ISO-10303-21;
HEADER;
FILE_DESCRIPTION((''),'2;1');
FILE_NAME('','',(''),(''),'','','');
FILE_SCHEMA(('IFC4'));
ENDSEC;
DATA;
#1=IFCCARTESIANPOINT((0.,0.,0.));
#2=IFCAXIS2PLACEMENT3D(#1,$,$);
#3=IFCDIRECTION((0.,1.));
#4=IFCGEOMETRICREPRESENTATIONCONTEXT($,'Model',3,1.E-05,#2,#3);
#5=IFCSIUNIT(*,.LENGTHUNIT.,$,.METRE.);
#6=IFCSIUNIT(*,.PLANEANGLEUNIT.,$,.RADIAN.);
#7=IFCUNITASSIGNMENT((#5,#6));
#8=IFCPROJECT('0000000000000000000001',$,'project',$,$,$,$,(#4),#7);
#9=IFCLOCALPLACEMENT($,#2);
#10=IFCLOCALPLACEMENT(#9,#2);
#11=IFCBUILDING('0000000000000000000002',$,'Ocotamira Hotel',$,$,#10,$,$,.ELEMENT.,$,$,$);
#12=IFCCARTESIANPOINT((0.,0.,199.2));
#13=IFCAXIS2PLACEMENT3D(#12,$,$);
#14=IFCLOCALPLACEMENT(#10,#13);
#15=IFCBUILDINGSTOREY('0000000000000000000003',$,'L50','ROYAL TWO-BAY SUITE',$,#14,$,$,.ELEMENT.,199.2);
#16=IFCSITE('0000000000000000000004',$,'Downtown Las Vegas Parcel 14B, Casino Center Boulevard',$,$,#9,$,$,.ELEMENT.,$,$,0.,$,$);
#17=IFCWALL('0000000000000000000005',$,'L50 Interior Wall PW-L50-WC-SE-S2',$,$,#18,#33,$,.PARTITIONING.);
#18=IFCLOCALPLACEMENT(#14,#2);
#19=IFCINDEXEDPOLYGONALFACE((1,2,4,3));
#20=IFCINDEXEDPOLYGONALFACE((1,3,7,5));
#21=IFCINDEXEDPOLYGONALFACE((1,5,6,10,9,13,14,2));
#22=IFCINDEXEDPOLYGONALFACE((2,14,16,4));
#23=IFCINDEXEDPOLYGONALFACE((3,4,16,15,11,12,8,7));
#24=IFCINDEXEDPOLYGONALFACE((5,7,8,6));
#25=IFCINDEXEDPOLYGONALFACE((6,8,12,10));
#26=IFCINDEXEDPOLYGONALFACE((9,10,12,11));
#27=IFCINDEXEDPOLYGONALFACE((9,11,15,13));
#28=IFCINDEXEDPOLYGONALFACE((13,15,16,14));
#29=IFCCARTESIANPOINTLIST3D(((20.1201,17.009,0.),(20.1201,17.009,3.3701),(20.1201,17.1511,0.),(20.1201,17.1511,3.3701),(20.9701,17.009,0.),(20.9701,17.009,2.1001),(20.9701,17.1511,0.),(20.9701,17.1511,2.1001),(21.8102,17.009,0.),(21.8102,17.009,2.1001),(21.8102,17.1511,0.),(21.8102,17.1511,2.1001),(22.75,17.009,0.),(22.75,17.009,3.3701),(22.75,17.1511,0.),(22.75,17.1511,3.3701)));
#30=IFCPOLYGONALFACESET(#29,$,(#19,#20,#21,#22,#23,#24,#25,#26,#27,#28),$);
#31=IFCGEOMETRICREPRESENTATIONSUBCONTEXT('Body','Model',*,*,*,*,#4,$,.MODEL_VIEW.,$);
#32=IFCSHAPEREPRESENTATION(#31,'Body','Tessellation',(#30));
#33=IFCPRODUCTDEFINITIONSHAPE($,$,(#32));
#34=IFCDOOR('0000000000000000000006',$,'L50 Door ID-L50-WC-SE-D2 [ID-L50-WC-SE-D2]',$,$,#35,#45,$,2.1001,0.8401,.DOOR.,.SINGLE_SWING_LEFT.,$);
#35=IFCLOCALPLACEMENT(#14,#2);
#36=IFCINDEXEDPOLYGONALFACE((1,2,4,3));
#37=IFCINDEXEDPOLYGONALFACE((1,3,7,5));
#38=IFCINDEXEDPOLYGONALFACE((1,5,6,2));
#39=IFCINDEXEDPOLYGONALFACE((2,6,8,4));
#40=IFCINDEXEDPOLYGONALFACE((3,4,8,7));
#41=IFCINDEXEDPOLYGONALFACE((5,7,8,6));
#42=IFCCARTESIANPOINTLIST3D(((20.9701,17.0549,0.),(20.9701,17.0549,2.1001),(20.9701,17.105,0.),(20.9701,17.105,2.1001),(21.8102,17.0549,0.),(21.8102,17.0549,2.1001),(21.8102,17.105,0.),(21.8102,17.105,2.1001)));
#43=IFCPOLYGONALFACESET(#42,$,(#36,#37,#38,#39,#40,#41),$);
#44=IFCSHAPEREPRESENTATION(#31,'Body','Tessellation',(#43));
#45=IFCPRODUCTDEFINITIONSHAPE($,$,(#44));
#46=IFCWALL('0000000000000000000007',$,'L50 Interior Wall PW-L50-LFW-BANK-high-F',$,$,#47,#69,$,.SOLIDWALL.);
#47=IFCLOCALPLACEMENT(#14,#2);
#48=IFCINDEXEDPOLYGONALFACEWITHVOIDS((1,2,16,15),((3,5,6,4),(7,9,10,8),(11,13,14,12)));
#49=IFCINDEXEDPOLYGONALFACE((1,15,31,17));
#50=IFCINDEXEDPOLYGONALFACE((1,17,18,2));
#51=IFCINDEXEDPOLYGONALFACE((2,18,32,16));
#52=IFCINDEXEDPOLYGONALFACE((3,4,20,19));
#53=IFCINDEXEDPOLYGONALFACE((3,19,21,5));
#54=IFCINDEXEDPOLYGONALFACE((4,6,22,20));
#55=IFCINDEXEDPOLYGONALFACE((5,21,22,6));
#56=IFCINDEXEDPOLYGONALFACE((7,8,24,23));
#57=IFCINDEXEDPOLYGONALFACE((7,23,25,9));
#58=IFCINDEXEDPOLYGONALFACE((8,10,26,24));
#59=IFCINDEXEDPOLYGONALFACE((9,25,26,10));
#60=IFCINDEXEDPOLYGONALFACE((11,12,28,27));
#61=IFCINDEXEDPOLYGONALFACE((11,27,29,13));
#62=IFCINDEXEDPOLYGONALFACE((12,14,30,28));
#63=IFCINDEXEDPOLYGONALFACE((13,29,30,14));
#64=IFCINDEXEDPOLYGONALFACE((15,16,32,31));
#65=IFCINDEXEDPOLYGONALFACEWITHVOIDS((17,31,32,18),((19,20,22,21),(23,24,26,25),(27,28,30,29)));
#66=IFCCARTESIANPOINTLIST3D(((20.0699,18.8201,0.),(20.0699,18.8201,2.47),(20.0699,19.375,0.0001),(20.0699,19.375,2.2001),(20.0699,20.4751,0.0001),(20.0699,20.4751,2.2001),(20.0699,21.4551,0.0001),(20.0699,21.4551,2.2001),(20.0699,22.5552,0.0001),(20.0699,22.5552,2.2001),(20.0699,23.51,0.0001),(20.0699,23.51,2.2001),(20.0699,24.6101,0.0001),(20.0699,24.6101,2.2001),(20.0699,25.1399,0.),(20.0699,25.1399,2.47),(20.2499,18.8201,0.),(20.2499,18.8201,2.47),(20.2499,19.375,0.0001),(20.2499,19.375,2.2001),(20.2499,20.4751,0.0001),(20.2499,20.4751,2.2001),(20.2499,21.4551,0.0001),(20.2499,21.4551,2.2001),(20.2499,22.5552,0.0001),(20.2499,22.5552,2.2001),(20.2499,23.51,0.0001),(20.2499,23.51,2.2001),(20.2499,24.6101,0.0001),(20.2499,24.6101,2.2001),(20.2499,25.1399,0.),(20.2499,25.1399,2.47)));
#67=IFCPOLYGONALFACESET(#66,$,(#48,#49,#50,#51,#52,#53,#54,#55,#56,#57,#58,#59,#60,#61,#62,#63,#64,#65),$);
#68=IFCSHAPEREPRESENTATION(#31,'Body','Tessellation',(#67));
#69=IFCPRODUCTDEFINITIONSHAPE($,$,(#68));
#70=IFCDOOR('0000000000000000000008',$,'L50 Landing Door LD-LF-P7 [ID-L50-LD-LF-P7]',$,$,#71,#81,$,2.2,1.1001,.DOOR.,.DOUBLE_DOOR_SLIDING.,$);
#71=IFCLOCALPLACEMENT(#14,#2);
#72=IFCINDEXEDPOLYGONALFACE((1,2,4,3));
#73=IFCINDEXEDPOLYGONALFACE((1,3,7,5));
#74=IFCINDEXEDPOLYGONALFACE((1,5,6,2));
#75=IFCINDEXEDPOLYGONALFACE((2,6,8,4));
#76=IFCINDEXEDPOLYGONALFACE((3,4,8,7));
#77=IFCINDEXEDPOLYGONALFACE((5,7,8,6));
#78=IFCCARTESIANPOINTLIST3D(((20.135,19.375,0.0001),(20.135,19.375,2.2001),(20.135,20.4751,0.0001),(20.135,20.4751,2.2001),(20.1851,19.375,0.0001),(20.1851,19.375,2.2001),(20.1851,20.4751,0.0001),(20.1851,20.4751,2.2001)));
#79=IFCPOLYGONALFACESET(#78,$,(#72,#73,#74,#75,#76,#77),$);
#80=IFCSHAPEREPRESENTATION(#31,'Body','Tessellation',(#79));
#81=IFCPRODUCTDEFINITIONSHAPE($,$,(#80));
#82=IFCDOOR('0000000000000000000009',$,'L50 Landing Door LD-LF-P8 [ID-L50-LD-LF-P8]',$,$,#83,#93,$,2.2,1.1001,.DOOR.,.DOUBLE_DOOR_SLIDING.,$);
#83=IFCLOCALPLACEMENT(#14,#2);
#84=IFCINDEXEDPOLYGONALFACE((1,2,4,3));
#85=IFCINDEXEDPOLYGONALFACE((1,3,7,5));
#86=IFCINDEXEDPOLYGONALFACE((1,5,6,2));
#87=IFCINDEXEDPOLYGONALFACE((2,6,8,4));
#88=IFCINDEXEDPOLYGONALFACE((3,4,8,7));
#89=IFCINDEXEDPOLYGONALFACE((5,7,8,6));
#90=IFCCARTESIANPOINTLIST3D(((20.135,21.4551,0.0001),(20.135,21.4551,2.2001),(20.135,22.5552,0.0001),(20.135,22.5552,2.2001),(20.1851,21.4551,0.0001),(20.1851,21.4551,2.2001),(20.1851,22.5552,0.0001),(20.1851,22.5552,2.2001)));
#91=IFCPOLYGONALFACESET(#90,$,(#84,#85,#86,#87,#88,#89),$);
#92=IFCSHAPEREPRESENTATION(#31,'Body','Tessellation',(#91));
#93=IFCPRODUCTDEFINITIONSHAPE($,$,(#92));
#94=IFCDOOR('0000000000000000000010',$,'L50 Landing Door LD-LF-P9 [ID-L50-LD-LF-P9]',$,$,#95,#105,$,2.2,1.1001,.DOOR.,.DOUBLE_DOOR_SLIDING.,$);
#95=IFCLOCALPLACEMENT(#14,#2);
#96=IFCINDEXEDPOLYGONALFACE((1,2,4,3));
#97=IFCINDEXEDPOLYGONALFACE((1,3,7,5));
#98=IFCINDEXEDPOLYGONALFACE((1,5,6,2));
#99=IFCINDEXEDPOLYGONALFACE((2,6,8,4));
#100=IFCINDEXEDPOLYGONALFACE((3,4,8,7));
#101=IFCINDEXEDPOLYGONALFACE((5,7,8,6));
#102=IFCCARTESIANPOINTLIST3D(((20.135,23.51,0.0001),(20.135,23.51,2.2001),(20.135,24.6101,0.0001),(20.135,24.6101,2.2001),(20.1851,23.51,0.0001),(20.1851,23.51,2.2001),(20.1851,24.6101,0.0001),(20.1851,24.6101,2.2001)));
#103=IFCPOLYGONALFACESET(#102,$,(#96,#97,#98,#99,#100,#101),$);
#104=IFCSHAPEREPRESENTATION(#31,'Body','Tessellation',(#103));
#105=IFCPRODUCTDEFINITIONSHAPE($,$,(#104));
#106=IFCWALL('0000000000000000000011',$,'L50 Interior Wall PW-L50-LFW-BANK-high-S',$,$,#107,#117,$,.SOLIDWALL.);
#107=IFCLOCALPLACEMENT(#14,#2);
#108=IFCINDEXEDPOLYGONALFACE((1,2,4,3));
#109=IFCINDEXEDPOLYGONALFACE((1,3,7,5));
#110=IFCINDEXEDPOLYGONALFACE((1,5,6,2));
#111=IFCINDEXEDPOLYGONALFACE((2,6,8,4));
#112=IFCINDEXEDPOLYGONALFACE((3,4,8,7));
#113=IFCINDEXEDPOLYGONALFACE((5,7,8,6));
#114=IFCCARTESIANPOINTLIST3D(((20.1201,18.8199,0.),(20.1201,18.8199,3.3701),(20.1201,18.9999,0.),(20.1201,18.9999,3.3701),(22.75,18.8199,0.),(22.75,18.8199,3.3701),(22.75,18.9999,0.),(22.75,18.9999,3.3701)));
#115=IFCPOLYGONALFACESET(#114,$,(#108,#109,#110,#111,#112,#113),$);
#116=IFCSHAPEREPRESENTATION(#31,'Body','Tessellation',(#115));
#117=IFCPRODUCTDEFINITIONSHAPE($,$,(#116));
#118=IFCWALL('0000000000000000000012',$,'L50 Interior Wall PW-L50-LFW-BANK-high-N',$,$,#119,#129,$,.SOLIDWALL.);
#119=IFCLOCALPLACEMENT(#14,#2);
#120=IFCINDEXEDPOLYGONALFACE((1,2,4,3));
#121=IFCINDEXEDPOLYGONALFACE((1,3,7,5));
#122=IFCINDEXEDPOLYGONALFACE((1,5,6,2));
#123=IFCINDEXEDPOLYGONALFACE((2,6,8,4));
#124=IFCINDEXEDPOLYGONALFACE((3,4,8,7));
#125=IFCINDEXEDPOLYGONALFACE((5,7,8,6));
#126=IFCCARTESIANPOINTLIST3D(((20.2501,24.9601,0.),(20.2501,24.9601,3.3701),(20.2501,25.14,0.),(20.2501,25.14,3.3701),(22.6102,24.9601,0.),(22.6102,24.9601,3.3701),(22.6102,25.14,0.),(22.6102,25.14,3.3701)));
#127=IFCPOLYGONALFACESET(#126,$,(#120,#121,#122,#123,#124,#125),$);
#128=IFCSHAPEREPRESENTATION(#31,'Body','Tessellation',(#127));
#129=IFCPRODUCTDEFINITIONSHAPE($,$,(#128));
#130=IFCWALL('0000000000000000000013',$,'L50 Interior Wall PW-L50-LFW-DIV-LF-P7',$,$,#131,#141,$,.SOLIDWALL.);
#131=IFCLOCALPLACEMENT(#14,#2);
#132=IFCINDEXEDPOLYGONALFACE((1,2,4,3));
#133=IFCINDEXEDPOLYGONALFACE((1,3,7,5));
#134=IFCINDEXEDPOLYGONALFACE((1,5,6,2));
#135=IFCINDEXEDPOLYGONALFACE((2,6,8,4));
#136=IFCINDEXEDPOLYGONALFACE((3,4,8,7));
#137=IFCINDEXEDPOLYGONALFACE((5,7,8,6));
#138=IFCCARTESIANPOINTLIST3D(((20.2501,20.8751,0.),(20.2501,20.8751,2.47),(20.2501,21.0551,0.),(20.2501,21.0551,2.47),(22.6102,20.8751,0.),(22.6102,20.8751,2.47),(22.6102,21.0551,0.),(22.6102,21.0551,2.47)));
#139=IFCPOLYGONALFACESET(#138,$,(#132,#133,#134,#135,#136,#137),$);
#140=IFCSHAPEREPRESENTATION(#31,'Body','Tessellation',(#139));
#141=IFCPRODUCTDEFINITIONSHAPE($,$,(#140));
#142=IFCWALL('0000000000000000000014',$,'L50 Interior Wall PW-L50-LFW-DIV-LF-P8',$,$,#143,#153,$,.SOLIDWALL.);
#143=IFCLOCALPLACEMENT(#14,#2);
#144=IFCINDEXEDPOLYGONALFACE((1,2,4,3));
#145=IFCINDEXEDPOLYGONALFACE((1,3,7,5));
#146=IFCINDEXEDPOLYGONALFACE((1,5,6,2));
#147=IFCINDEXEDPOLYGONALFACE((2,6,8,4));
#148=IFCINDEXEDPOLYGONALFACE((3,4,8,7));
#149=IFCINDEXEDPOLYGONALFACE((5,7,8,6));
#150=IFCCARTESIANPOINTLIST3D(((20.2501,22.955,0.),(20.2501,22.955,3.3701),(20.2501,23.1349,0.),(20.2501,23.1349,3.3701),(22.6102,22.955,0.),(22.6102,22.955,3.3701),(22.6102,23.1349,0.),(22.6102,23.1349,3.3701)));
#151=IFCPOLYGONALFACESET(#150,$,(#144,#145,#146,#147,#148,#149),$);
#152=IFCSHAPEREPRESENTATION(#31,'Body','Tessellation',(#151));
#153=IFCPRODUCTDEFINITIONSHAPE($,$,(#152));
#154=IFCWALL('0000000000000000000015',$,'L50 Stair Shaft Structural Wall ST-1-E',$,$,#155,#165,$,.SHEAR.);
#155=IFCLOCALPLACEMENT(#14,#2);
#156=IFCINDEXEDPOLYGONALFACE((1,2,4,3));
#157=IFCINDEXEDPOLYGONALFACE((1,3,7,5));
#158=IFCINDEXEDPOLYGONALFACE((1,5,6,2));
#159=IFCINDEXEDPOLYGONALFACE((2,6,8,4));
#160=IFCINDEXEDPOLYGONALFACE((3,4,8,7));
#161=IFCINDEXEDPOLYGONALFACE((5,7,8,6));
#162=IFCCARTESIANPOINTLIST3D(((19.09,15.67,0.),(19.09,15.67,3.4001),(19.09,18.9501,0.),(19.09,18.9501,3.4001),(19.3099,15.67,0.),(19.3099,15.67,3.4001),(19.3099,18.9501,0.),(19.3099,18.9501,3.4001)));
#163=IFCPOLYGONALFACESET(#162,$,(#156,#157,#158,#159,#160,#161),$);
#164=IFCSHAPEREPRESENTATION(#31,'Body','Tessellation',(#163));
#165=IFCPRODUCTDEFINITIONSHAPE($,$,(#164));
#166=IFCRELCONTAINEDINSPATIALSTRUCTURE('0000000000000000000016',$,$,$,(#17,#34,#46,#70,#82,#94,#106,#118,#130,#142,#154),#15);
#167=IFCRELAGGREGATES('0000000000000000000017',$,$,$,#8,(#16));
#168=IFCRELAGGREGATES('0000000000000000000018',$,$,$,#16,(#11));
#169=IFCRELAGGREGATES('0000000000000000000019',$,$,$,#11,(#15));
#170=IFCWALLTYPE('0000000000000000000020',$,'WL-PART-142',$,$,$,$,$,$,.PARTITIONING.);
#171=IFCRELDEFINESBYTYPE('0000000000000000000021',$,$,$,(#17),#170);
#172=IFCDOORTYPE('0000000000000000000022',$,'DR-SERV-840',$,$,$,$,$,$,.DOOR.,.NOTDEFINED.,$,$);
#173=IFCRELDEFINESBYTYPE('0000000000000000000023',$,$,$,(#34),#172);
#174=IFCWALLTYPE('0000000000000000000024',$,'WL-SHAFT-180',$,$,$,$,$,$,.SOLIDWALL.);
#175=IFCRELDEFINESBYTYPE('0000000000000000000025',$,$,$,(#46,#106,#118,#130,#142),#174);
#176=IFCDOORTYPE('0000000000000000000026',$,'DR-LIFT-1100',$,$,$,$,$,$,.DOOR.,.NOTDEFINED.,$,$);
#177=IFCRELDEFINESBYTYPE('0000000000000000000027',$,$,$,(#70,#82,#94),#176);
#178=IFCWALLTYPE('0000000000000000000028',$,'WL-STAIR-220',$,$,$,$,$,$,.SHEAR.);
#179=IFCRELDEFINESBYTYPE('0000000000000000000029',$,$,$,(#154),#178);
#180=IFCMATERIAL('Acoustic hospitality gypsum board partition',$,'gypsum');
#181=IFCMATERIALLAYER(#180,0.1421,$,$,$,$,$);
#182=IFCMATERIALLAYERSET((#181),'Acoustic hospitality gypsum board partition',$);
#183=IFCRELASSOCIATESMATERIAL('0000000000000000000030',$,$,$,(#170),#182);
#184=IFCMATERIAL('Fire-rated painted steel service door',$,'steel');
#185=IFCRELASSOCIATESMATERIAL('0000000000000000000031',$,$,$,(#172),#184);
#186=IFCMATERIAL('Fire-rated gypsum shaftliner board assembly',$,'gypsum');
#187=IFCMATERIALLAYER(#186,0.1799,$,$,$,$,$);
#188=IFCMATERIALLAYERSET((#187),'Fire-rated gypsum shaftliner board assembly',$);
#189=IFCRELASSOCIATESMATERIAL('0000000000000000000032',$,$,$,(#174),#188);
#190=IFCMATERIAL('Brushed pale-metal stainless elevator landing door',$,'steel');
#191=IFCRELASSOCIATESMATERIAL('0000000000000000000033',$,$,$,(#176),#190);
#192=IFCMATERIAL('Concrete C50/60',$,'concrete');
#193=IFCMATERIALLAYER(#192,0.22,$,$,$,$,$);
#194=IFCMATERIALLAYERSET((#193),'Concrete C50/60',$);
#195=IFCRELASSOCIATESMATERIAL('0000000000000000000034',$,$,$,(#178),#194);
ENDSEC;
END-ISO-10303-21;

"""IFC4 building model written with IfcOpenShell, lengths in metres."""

from ifc_helpers import new_model, si_unit, direction, frame, frame_2d, origin, place, context, subcontext, project, spatial, rectangle, extrude, source, transform, mapped, material, layer, layer_set, type_object, element, fill, save


model = new_model("IFC4")

# Units and contexts
model_context = context("Model", 3, precision=1e-05, world=origin(), true_north=direction((0.0, 1.0)))
body_context = subcontext(model_context, "Body", "Model", "MODEL_VIEW")
ifc_project = project(units=[si_unit("LENGTHUNIT", "METRE"), si_unit("PLANEANGLEUNIT", "RADIAN")], contexts=[model_context])

# Site, building, storey
site_placement = place(None, origin())
site = spatial("IfcSite", under=ifc_project, at=site_placement, Name="Downtown Las Vegas Parcel 14B, Casino Center Boulevard", CompositionType="ELEMENT", RefElevation=0.0)
building_placement = place(site_placement, origin())
building = spatial("IfcBuilding", under=site, at=building_placement, Name="Ocotamira Hotel", CompositionType="ELEMENT")
storey_placement = place(building_placement, frame((0.0, 0.0, 199.2)))
storey = spatial("IfcBuildingStorey", under=building, at=storey_placement, Name="L50", Description="ROYAL TWO-BAY SUITE", CompositionType="ELEMENT", Elevation=199.2)

# Shared definitions
ifc_material_1 = material(Name="Concrete C50/60", Category="concrete")
ifc_material_2 = material(Name="Acoustic hospitality gypsum board partition", Category="gypsum")
ifc_layer_1 = layer(ifc_material_2, 0.1421)
ifc_layer_set_1 = layer_set([ifc_layer_1], Name="Acoustic hospitality gypsum board partition")
wall_type_1 = type_object("IfcWallType", Name="WL-PART-142", PredefinedType="PARTITIONING", material=ifc_layer_set_1)

# Wall, opening, door
wall_1_placement = place(storey_placement, frame((20.1201, 17.0801, 0.0), z_axis=(0.0, 0.0, 1.0), x_axis=(1.0, 0.0, 0.0)))
wall_1 = element("IfcWall", 1, at=wall_1_placement, inside=storey, type_object=wall_type_1, Name="L50 Interior Wall PW-L50-WC-SE-S2", PredefinedType="PARTITIONING", context=body_context, shape_type="SweptSolid", body=[
    extrude(rectangle(XDim=2.6299, YDim=0.1421, at=frame_2d((1.3149, 0.0))), origin(), (0.0, 0.0, 1.0), 3.3701),
])
opening_1_placement = place(wall_1_placement, frame((0.8501, 0.0, 0.0)))
opening_1 = element("IfcOpeningElement", 2, at=opening_1_placement, cuts=wall_1, PredefinedType="OPENING", context=body_context, shape_type="SweptSolid", body=[
    extrude(rectangle(XDim=0.8401, YDim=2.1001, at=frame_2d((0.4199, 1.05))), frame((0.0, 0.0811, 0.0), z_axis=(0.0, -1.0, 0.0), x_axis=(1.0, 0.0, 0.0)), (0.0, 0.0, 1.0), 0.1621),
])
ifc_material_3 = material(Name="Fire-rated painted steel service door", Category="steel")
door_type_1 = type_object("IfcDoorType", Name="DR-SERV-840", OperationType="NOTDEFINED", PredefinedType="DOOR", material=ifc_material_3)
shared_shape_1 = source(origin(), body_context, "Body", "SweptSolid", [
    extrude(rectangle(XDim=0.8401, YDim=2.1001, at=frame_2d((0.4199, 1.05))), frame((0.0, 0.0249, 0.0), z_axis=(0.0, -1.0, 0.0), x_axis=(1.0, 0.0, 0.0)), (0.0, 0.0, 1.0), 0.05),
])
door_1_placement = place(opening_1_placement, origin())
door_1 = element("IfcDoor", 3, at=door_1_placement, inside=storey, type_object=door_type_1, Name="L50 Door ID-L50-WC-SE-D2 [ID-L50-WC-SE-D2]", OperationType="SINGLE_SWING_LEFT", OverallHeight=2.1001, OverallWidth=0.8401, PredefinedType="DOOR", context=body_context, shape_type="MappedRepresentation", body=[
    mapped(shared_shape_1, transform((0.0, 0.0, 0.0), scale=1.0)),
])
fill(opening_1, door_1)

# Wall, openings, doors
ifc_material_4 = material(Name="Fire-rated gypsum shaftliner board assembly", Category="gypsum")
ifc_layer_2 = layer(ifc_material_4, 0.1799)
ifc_layer_set_2 = layer_set([ifc_layer_2], Name="Fire-rated gypsum shaftliner board assembly")
wall_type_2 = type_object("IfcWallType", Name="WL-SHAFT-180", PredefinedType="SOLIDWALL", material=ifc_layer_set_2)
wall_2_placement = place(storey_placement, frame((20.1599, 18.8201, 0.0), z_axis=(0.0, 0.0, 1.0), x_axis=(0.0, 1.0, 0.0)))
wall_2 = element("IfcWall", 4, at=wall_2_placement, inside=storey, type_object=wall_type_2, Name="L50 Interior Wall PW-L50-LFW-BANK-high-F", PredefinedType="SOLIDWALL", context=body_context, shape_type="SweptSolid", body=[
    extrude(rectangle(XDim=6.3198, YDim=0.1799, at=frame_2d((3.1599, 0.0))), origin(), (0.0, 0.0, 1.0), 2.47),
])
opening_2_placement = place(wall_2_placement, frame((0.5549, 0.0, 0.0)))
opening_2 = element("IfcOpeningElement", 5, at=opening_2_placement, cuts=wall_2, PredefinedType="OPENING", context=body_context, shape_type="SweptSolid", body=[
    extrude(rectangle(XDim=1.1001, YDim=2.2, at=frame_2d((0.55, 1.1001))), frame((0.0, 0.1001, 0.0), z_axis=(0.0, -1.0, 0.0), x_axis=(1.0, 0.0, 0.0)), (0.0, 0.0, 1.0), 0.2),
])
opening_3_placement = place(wall_2_placement, frame((2.635, 0.0, 0.0)))
opening_3 = element("IfcOpeningElement", 6, at=opening_3_placement, cuts=wall_2, PredefinedType="OPENING", context=body_context, shape_type="SweptSolid", body=[
    extrude(rectangle(XDim=1.1001, YDim=2.2, at=frame_2d((0.55, 1.1001))), frame((0.0, 0.1001, 0.0), z_axis=(0.0, -1.0, 0.0), x_axis=(1.0, 0.0, 0.0)), (0.0, 0.0, 1.0), 0.2),
])
opening_4_placement = place(wall_2_placement, frame((4.6899, 0.0, 0.0)))
opening_4 = element("IfcOpeningElement", 7, at=opening_4_placement, cuts=wall_2, PredefinedType="OPENING", context=body_context, shape_type="SweptSolid", body=[
    extrude(rectangle(XDim=1.1001, YDim=2.2, at=frame_2d((0.55, 1.1001))), frame((0.0, 0.1001, 0.0), z_axis=(0.0, -1.0, 0.0), x_axis=(1.0, 0.0, 0.0)), (0.0, 0.0, 1.0), 0.2),
])
ifc_material_5 = material(Name="Brushed pale-metal stainless elevator landing door", Category="steel")
door_type_2 = type_object("IfcDoorType", Name="DR-LIFT-1100", OperationType="NOTDEFINED", PredefinedType="DOOR", material=ifc_material_5)
shared_shape_2 = source(origin(), body_context, "Body", "SweptSolid", [
    extrude(rectangle(XDim=1.1001, YDim=2.2, at=frame_2d((0.55, 1.1001))), frame((0.0, 0.0249, 0.0), z_axis=(0.0, -1.0, 0.0), x_axis=(1.0, 0.0, 0.0)), (0.0, 0.0, 1.0), 0.05),
])
door_2_placement = place(opening_2_placement, origin())
door_2 = element("IfcDoor", 8, at=door_2_placement, inside=storey, type_object=door_type_2, Name="L50 Landing Door LD-LF-P7 [ID-L50-LD-LF-P7]", OperationType="DOUBLE_DOOR_SLIDING", OverallHeight=2.2, OverallWidth=1.1001, PredefinedType="DOOR", context=body_context, shape_type="MappedRepresentation", body=[
    mapped(shared_shape_2, transform((0.0, 0.0, 0.0), scale=1.0)),
])
fill(opening_2, door_2)
door_3_placement = place(opening_3_placement, origin())
door_3 = element("IfcDoor", 9, at=door_3_placement, inside=storey, type_object=door_type_2, Name="L50 Landing Door LD-LF-P8 [ID-L50-LD-LF-P8]", OperationType="DOUBLE_DOOR_SLIDING", OverallHeight=2.2, OverallWidth=1.1001, PredefinedType="DOOR", context=body_context, shape_type="MappedRepresentation", body=[
    mapped(shared_shape_2, transform((0.0, 0.0, 0.0), scale=1.0)),
])
fill(opening_3, door_3)
door_4_placement = place(opening_4_placement, origin())
door_4 = element("IfcDoor", 10, at=door_4_placement, inside=storey, type_object=door_type_2, Name="L50 Landing Door LD-LF-P9 [ID-L50-LD-LF-P9]", OperationType="DOUBLE_DOOR_SLIDING", OverallHeight=2.2, OverallWidth=1.1001, PredefinedType="DOOR", context=body_context, shape_type="MappedRepresentation", body=[
    mapped(shared_shape_2, transform((0.0, 0.0, 0.0), scale=1.0)),
])
fill(opening_4, door_4)

# Walls
wall_3_placement = place(storey_placement, frame((20.1201, 18.9099, 0.0), z_axis=(0.0, 0.0, 1.0), x_axis=(1.0, 0.0, 0.0)))
element("IfcWall", 11, at=wall_3_placement, inside=storey, type_object=wall_type_2, Name="L50 Interior Wall PW-L50-LFW-BANK-high-S", PredefinedType="SOLIDWALL", context=body_context, shape_type="SweptSolid", body=[
    extrude(rectangle(XDim=2.6299, YDim=0.1799, at=frame_2d((1.3149, 0.0))), origin(), (0.0, 0.0, 1.0), 3.3701),
])
wall_4_placement = place(storey_placement, frame((20.25, 25.05, 0.0), z_axis=(0.0, 0.0, 1.0), x_axis=(1.0, 0.0, 0.0)))
element("IfcWall", 12, at=wall_4_placement, inside=storey, type_object=wall_type_2, Name="L50 Interior Wall PW-L50-LFW-BANK-high-N", PredefinedType="SOLIDWALL", context=body_context, shape_type="SweptSolid", body=[
    extrude(rectangle(XDim=2.3601, YDim=0.1799, at=frame_2d((1.1802, 0.0))), origin(), (0.0, 0.0, 1.0), 3.3701),
])
wall_5_placement = place(storey_placement, frame((20.25, 20.9651, 0.0), z_axis=(0.0, 0.0, 1.0), x_axis=(1.0, 0.0, 0.0)))
element("IfcWall", 13, at=wall_5_placement, inside=storey, type_object=wall_type_2, Name="L50 Interior Wall PW-L50-LFW-DIV-LF-P7", PredefinedType="SOLIDWALL", context=body_context, shape_type="SweptSolid", body=[
    extrude(rectangle(XDim=2.3601, YDim=0.1799, at=frame_2d((1.1802, 0.0))), origin(), (0.0, 0.0, 1.0), 2.47),
])
wall_6_placement = place(storey_placement, frame((20.25, 23.0449, 0.0), z_axis=(0.0, 0.0, 1.0), x_axis=(1.0, 0.0, 0.0)))
element("IfcWall", 14, at=wall_6_placement, inside=storey, type_object=wall_type_2, Name="L50 Interior Wall PW-L50-LFW-DIV-LF-P8", PredefinedType="SOLIDWALL", context=body_context, shape_type="SweptSolid", body=[
    extrude(rectangle(XDim=2.3601, YDim=0.1799, at=frame_2d((1.1802, 0.0))), origin(), (0.0, 0.0, 1.0), 3.3701),
])
ifc_layer_3 = layer(ifc_material_1, 0.22)
ifc_layer_set_3 = layer_set([ifc_layer_3], Name="Concrete C50/60")
wall_type_3 = type_object("IfcWallType", Name="WL-STAIR-220", PredefinedType="SHEAR", material=ifc_layer_set_3)
wall_7_placement = place(storey_placement, frame((19.2, 15.6699, 0.0), z_axis=(0.0, 0.0, 1.0), x_axis=(0.0, 1.0, 0.0)))
element("IfcWall", 15, at=wall_7_placement, inside=storey, type_object=wall_type_3, Name="L50 Stair Shaft Structural Wall ST-1-E", PredefinedType="SHEAR", context=body_context, shape_type="SweptSolid", body=[
    extrude(rectangle(XDim=3.28, YDim=0.22, at=frame_2d((1.6401, 0.0))), origin(), (0.0, 0.0, 1.0), 3.4001),
])

save(model, "model.ifc")
